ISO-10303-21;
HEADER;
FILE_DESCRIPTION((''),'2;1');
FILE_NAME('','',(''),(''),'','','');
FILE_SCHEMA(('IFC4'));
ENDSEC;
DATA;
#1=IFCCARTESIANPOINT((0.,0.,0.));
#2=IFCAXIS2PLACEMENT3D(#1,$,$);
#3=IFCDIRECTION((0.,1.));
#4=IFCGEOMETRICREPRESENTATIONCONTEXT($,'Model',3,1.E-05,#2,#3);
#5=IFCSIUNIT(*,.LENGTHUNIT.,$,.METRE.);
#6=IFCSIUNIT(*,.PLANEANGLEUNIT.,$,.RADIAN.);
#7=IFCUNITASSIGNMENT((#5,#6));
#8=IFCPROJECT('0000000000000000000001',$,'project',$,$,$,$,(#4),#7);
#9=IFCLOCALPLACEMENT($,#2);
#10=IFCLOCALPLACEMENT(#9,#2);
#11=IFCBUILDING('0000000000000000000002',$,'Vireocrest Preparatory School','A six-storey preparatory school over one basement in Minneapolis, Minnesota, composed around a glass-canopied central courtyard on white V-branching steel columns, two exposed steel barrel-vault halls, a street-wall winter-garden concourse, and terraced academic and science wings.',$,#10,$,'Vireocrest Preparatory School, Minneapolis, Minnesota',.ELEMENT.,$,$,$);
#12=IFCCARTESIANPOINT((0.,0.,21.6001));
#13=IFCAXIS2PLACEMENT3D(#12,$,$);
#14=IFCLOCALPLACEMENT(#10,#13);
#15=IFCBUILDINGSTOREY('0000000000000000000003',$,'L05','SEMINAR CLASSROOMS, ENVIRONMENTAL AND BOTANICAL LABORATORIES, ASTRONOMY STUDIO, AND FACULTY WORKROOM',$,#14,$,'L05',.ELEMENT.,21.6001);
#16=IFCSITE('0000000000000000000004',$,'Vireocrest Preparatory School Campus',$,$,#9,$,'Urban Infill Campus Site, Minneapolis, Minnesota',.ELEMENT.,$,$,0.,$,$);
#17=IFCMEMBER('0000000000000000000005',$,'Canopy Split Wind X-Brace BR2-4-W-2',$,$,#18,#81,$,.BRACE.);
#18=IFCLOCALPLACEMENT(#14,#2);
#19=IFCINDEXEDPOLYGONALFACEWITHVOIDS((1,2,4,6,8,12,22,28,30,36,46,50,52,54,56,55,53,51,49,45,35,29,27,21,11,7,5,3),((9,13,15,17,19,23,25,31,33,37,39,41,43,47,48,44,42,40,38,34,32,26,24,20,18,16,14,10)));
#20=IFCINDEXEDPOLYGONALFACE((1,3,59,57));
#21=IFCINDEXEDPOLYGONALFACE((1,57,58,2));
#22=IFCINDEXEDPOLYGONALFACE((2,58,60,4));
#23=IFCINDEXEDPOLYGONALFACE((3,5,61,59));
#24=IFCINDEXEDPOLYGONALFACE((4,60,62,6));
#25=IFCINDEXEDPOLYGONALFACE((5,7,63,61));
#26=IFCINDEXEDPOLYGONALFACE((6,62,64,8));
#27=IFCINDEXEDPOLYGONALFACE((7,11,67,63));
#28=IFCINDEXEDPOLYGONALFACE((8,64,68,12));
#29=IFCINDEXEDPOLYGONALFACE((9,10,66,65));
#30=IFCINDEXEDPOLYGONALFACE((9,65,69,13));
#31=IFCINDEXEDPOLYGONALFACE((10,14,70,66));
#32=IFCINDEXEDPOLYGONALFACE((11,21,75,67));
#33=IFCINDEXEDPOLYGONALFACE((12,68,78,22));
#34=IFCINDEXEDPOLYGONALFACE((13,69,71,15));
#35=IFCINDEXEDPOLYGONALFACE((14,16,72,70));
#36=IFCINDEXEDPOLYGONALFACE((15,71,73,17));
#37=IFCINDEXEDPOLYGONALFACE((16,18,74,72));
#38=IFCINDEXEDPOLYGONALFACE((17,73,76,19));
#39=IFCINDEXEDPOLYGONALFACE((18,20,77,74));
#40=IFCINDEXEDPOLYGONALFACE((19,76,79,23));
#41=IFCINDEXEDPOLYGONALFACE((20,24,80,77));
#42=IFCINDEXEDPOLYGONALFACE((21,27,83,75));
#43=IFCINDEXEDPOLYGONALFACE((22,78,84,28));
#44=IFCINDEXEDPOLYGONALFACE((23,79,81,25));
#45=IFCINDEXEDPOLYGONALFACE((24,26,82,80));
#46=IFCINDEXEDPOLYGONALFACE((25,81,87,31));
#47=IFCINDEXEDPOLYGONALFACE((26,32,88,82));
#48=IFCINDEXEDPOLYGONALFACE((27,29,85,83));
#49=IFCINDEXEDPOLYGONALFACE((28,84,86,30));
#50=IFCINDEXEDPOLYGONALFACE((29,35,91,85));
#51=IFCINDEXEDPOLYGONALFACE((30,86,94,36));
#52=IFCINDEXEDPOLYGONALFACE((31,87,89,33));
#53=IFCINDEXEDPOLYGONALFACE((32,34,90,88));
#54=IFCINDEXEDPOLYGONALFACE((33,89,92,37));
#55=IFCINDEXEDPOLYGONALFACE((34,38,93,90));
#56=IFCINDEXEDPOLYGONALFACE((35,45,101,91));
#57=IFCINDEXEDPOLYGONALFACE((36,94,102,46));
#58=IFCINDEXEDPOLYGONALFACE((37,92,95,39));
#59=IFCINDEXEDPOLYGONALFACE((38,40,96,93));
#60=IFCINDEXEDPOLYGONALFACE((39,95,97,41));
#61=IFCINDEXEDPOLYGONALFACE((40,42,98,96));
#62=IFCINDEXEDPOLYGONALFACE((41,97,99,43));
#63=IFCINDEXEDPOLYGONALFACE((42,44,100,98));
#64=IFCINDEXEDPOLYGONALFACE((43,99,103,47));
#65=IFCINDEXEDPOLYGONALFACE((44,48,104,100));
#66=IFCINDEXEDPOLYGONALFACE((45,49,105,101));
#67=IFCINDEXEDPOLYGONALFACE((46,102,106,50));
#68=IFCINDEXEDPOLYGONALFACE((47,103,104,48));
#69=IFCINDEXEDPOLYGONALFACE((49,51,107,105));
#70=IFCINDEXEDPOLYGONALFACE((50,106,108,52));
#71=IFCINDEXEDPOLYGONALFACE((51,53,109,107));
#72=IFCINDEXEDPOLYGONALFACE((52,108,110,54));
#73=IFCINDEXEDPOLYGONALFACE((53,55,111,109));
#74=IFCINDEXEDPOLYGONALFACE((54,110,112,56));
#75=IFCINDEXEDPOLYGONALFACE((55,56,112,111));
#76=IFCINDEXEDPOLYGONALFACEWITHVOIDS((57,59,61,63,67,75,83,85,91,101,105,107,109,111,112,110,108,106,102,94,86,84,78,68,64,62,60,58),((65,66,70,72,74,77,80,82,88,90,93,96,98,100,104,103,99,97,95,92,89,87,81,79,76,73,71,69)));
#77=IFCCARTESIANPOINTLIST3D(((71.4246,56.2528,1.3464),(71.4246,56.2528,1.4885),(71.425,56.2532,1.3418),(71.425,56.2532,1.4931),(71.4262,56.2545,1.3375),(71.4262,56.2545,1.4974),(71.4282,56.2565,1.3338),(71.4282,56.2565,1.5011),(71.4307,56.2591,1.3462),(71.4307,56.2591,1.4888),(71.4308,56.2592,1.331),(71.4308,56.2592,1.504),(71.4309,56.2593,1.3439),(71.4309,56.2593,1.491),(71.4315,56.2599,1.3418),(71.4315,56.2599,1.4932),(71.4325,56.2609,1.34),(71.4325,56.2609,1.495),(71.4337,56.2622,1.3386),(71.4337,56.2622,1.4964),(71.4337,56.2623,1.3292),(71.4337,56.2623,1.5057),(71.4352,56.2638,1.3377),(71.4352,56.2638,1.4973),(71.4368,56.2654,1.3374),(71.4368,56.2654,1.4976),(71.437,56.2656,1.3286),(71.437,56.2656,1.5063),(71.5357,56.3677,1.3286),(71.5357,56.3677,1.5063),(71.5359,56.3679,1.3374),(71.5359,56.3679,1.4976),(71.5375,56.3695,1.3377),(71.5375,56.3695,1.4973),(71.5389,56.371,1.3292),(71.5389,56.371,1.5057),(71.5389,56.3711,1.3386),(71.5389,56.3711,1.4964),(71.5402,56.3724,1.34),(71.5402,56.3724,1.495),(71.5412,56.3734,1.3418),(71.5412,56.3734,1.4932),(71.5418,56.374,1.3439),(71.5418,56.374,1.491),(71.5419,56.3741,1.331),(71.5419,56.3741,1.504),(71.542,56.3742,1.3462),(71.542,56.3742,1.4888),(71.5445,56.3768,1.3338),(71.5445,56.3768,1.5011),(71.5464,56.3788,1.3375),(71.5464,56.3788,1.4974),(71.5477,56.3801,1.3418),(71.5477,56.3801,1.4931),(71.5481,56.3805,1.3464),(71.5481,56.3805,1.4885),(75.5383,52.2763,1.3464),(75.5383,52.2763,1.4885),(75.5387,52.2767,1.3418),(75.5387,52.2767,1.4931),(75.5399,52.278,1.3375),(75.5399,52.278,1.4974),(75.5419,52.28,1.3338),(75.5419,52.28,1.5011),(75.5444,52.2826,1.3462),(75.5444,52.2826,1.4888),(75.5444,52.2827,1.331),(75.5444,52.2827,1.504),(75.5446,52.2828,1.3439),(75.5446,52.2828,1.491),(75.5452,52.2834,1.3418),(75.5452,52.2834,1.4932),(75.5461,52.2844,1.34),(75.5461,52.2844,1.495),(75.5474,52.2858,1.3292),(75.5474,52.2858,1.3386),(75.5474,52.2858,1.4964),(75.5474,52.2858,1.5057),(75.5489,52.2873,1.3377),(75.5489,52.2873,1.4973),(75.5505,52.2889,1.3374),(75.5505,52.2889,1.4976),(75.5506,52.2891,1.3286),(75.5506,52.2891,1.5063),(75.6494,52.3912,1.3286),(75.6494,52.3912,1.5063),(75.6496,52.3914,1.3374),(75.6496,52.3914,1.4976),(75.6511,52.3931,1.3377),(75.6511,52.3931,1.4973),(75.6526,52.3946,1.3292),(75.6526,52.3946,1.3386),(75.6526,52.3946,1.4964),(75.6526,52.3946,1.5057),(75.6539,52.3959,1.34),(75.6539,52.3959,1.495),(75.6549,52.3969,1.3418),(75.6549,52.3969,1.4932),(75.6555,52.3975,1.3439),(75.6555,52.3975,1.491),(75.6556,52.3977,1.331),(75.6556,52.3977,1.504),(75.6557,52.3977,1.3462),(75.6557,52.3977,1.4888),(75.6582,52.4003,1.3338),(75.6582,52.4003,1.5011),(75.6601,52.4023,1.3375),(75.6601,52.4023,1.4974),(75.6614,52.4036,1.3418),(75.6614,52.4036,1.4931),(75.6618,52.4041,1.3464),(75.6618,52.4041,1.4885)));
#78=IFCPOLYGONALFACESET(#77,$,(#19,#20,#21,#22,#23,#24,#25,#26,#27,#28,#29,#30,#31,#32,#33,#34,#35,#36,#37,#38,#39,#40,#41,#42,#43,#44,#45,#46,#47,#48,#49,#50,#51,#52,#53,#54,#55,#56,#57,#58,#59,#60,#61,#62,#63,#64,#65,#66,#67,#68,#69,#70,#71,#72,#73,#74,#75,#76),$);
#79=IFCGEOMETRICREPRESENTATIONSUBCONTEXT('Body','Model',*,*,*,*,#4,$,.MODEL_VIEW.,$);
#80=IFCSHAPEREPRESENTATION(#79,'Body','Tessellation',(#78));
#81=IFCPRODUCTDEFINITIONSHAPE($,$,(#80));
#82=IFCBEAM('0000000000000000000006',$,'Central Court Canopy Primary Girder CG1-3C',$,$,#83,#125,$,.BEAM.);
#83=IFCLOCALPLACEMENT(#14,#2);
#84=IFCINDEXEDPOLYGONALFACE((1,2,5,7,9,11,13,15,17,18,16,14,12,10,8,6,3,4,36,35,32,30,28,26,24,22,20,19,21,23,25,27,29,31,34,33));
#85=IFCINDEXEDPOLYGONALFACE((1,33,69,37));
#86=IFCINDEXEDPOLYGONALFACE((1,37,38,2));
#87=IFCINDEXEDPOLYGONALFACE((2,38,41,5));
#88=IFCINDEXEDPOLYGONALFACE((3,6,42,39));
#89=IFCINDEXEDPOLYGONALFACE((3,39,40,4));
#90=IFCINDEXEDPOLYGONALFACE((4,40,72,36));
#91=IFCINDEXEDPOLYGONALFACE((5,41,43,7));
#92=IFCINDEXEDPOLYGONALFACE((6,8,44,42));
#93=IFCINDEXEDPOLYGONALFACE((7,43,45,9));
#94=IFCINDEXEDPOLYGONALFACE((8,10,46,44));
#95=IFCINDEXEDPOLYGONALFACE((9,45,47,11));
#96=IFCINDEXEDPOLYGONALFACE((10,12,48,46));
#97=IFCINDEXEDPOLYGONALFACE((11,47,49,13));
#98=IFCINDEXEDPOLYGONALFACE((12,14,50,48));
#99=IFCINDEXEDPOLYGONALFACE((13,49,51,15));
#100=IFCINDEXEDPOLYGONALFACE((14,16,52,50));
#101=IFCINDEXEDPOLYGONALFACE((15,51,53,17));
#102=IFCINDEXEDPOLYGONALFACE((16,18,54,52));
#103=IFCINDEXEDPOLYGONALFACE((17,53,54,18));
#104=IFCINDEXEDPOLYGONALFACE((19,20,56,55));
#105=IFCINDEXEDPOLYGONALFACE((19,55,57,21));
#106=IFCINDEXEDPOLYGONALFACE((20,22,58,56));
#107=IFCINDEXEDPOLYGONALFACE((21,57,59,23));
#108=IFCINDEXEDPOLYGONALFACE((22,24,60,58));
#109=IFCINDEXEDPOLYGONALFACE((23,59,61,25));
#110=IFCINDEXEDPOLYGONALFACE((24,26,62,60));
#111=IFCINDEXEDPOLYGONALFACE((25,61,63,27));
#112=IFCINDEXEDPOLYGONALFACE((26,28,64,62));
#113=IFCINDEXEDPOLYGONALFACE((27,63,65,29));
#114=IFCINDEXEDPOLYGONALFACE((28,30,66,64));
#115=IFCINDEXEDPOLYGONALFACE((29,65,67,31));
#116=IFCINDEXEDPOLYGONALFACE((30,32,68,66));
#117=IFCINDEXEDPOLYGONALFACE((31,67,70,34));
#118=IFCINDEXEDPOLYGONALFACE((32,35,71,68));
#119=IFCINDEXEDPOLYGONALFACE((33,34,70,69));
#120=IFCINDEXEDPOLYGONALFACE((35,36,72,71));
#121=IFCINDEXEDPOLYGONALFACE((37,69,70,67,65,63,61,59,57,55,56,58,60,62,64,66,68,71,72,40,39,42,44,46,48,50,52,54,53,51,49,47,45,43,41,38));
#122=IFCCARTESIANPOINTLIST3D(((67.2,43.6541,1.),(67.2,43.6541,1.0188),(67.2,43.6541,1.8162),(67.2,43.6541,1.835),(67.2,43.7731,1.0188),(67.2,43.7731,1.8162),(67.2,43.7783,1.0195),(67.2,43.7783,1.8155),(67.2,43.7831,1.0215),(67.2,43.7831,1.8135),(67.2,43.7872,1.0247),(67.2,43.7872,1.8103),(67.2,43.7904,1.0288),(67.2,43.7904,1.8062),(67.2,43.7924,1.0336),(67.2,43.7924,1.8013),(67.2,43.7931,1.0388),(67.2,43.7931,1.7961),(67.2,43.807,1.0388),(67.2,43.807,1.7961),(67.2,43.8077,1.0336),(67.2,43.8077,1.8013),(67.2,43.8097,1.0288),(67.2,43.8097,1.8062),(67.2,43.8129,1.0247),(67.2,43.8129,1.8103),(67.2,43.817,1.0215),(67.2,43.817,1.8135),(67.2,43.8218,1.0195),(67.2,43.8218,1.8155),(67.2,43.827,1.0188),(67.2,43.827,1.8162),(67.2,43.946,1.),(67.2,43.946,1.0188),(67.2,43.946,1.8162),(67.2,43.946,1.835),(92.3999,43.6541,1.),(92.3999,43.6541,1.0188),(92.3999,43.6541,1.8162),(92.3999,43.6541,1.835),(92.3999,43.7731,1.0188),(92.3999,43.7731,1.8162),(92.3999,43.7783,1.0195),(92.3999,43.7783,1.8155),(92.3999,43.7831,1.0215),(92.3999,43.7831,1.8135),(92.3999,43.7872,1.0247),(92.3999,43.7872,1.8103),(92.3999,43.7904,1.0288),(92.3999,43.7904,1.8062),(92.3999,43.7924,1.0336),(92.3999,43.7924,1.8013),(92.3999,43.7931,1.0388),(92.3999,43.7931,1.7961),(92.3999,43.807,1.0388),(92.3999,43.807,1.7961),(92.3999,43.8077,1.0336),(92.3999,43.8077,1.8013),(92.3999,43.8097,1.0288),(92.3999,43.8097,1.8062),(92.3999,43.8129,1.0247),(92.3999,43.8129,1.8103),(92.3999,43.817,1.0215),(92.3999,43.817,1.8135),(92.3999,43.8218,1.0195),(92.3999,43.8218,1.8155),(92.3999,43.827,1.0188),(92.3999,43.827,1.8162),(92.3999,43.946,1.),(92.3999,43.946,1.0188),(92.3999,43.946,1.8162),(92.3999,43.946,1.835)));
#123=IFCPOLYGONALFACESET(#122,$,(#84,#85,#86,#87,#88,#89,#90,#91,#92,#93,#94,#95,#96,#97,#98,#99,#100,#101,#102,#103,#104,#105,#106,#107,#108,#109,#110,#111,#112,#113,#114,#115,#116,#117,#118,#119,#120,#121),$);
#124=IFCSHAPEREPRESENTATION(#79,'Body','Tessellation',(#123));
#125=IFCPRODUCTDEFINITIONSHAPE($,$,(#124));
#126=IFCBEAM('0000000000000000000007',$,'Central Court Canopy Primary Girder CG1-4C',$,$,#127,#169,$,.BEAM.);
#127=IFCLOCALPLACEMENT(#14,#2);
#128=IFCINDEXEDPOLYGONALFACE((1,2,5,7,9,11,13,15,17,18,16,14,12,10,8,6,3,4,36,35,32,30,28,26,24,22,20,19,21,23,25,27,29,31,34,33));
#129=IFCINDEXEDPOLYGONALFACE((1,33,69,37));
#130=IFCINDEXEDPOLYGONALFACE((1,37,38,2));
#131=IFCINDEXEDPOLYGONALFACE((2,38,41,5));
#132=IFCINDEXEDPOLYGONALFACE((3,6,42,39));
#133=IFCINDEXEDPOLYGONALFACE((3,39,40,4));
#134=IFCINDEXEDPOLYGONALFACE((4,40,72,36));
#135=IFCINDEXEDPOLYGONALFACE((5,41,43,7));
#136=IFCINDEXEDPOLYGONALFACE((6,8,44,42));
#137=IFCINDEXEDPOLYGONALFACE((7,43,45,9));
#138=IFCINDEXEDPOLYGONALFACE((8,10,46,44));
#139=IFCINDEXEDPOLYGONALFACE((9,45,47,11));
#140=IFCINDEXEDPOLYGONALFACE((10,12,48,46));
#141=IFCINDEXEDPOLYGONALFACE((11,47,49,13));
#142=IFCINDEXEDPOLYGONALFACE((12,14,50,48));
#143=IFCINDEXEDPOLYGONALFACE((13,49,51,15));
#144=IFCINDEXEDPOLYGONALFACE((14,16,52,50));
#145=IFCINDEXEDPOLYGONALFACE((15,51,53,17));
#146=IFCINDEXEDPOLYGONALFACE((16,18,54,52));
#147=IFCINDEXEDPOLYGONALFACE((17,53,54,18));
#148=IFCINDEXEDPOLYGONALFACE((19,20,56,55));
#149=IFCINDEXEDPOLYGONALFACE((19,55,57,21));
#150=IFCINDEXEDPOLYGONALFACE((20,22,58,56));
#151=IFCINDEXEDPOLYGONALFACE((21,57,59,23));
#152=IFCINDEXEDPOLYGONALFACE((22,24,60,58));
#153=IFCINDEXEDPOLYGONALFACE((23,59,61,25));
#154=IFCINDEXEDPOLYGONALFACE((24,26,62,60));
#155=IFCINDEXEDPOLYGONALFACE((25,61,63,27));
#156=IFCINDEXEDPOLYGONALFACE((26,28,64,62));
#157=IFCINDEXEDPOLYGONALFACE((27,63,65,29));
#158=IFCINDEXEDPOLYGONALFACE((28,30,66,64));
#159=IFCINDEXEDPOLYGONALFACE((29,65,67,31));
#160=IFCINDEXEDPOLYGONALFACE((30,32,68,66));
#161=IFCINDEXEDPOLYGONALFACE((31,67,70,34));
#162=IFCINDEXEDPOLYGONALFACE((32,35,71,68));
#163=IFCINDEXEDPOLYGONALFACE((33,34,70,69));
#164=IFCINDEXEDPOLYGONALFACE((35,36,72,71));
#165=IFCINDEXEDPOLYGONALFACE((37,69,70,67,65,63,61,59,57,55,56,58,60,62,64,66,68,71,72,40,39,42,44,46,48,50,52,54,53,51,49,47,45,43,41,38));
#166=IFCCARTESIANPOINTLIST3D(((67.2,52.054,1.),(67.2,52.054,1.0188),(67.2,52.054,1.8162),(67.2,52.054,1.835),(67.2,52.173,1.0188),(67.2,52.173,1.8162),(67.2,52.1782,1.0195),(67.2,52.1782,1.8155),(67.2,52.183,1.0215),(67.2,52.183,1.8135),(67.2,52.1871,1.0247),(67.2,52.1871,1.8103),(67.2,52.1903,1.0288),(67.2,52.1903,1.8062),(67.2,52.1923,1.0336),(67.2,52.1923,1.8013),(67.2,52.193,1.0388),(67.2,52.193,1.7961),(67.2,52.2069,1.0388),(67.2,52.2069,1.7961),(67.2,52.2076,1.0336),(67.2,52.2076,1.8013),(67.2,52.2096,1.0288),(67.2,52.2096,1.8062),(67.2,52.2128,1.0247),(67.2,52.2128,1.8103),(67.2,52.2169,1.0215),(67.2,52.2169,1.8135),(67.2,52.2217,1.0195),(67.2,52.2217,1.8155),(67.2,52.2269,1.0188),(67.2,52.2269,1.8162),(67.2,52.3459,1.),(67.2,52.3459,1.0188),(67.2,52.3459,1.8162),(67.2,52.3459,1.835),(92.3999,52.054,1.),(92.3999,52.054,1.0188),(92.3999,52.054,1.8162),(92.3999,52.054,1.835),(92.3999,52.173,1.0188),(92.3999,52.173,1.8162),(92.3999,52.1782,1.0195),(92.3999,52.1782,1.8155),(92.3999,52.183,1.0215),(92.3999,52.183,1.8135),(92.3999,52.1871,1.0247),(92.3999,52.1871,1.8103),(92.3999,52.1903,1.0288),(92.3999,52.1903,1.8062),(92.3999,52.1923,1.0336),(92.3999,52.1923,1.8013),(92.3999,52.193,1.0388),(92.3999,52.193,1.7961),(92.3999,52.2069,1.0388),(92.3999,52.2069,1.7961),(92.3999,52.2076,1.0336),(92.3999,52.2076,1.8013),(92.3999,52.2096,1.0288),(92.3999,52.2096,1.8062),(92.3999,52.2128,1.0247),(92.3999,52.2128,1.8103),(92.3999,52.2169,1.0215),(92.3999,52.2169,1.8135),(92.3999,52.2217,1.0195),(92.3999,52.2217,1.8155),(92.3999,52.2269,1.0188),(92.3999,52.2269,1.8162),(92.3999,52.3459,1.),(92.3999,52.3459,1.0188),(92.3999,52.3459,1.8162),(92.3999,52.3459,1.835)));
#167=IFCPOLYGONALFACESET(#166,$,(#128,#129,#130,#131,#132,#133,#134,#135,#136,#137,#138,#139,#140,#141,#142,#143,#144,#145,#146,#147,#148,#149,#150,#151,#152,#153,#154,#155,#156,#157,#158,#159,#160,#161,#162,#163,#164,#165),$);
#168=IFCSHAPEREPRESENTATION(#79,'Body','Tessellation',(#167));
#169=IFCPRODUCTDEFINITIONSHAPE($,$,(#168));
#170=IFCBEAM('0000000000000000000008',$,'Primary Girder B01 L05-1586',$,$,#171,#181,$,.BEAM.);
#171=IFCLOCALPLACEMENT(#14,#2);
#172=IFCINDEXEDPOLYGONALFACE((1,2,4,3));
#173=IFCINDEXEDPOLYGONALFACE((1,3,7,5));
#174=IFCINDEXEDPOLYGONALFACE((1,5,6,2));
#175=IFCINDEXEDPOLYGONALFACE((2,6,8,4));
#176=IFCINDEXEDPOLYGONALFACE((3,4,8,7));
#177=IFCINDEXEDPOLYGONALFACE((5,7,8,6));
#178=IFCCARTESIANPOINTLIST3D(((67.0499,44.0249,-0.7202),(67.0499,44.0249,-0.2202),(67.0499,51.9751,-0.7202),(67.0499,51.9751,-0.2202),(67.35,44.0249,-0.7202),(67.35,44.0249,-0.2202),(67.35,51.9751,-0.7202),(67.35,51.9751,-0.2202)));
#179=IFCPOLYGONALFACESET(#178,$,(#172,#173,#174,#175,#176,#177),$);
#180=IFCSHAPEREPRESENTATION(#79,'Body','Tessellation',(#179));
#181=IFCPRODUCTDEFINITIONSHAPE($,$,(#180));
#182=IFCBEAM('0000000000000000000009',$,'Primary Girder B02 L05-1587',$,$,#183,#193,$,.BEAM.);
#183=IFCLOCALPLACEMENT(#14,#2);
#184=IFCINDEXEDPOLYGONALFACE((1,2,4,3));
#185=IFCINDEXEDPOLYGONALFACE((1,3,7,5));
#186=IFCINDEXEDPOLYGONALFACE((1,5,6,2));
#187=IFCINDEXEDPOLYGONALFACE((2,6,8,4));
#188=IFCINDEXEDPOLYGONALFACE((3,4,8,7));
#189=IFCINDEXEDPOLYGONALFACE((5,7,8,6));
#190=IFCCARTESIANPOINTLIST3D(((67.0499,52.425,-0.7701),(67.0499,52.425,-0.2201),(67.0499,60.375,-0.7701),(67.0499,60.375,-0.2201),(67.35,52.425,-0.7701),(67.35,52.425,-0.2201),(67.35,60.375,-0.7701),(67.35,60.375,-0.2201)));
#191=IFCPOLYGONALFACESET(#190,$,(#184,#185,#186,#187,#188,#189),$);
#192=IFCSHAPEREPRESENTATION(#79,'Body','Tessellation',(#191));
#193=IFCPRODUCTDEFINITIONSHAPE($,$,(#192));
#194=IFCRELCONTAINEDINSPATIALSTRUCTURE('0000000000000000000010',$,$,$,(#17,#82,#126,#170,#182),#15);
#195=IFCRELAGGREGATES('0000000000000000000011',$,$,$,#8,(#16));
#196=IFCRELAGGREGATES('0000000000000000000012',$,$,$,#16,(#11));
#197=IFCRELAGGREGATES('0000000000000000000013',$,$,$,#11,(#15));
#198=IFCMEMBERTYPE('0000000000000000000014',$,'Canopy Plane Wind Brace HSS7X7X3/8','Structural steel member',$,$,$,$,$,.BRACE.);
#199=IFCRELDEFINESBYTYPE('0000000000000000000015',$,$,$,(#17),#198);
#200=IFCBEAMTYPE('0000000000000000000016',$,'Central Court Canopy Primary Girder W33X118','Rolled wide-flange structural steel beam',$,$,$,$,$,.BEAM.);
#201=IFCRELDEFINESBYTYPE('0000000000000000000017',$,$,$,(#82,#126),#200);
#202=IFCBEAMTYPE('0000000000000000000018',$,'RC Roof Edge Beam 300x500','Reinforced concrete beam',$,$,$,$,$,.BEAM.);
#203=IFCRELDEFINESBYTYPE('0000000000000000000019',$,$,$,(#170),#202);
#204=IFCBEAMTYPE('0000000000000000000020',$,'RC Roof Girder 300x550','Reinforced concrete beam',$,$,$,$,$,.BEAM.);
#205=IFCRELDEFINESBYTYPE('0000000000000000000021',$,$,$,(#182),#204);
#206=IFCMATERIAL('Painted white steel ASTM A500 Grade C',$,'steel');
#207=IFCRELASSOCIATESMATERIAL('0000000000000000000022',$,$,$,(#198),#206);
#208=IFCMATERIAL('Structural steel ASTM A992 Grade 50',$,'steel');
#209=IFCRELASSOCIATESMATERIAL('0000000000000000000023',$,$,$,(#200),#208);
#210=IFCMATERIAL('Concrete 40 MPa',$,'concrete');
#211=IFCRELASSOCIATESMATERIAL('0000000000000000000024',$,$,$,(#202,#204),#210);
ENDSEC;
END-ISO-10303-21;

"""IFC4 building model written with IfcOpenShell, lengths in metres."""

from ifc_helpers import new_model, si_unit, direction, frame, origin, origin_2d, place, context, subcontext, project, spatial, rectangle, hollow_rectangle, i_section, extrude, material, material_profile, profile_set, type_object, element, save


model = new_model("IFC4")

# Units and contexts
model_context = context("Model", 3, precision=1e-05, world=origin(), true_north=direction((0.0, 1.0)))
body_context = subcontext(model_context, "Body", "Model", "MODEL_VIEW")
ifc_project = project(units=[si_unit("LENGTHUNIT", "METRE"), si_unit("PLANEANGLEUNIT", "RADIAN")], contexts=[model_context])

# Site, building, storey
site_placement = place(None, origin())
site = spatial("IfcSite", under=ifc_project, at=site_placement, Name="Vireocrest Preparatory School Campus", LongName="Urban Infill Campus Site, Minneapolis, Minnesota", CompositionType="ELEMENT", RefElevation=0.0)
building_placement = place(site_placement, origin())
building = spatial("IfcBuilding", under=site, at=building_placement, Name="Vireocrest Preparatory School", Description="A six-storey preparatory school over one basement in Minneapolis, Minnesota, composed around a glass-canopied central courtyard on white V-branching steel columns, two exposed steel barrel-vault halls, a street-wall winter-garden concourse, and terraced academic and science wings.", LongName="Vireocrest Preparatory School, Minneapolis, Minnesota", CompositionType="ELEMENT")
storey_placement = place(building_placement, frame((0.0, 0.0, 21.6001)))
storey = spatial("IfcBuildingStorey", under=building, at=storey_placement, Name="L05", Description="SEMINAR CLASSROOMS, ENVIRONMENTAL AND BOTANICAL LABORATORIES, ASTRONOMY STUDIO, AND FACULTY WORKROOM", LongName="L05", CompositionType="ELEMENT", Elevation=21.6001)

# Shared definitions
ifc_material_1 = material(Name="Structural steel ASTM A992 Grade 50", Category="steel")

# Member
ifc_material_2 = material(Name="Painted white steel ASTM A500 Grade C", Category="steel")
ifc_material_profile_1 = material_profile(ifc_material_2, hollow_rectangle(XDim=0.1777, YDim=0.1777, WallThickness=0.0088, InnerFilletRadius=0.0088, OuterFilletRadius=0.0178, at=origin_2d()), Name="HSS7X7X3/8")
ifc_profile_set_1 = profile_set([ifc_material_profile_1], Name="Painted white steel ASTM A500 Grade C")
member_type_1 = type_object("IfcMemberType", Name="Canopy Plane Wind Brace HSS7X7X3/8", Description="Structural steel member", PredefinedType="BRACE", material=ifc_profile_set_1)
member_1_placement = place(storey_placement, frame((71.4863, 56.3167, 1.4175), z_axis=(0.718995, -0.695015, 0.0), x_axis=(0.695015, 0.718995, 0.0)))
element("IfcMember", 1, at=member_1_placement, inside=storey, type_object=member_type_1, Name="Canopy Split Wind X-Brace BR2-4-W-2", PredefinedType="BRACE", context=body_context, shape_type="SweptSolid", body=[
    extrude(hollow_rectangle(XDim=0.1777, YDim=0.1777, WallThickness=0.0088, InnerFilletRadius=0.0088, OuterFilletRadius=0.0178, at=origin_2d()), origin(), (0.0, 0.0, 1.0), 5.7214),
])

# Beams
ifc_material_profile_2 = material_profile(ifc_material_1, i_section(OverallWidth=0.292, OverallDepth=0.835, WebThickness=0.0139, FlangeThickness=0.0188, FilletRadius=0.02, at=origin_2d()), Name="W33X118")
ifc_profile_set_2 = profile_set([ifc_material_profile_2], Name="Structural steel ASTM A992 Grade 50")
beam_type_1 = type_object("IfcBeamType", Name="Central Court Canopy Primary Girder W33X118", Description="Rolled wide-flange structural steel beam", PredefinedType="BEAM", material=ifc_profile_set_2)
for number, where, z_axis, x_axis, name in (
    (2, (67.2, 43.8, 1.4175), (1.0, 0.0, 0.0), (0.0, 1.0, 0.0), "Central Court Canopy Primary Girder CG1-3C"),
    (3, (67.2, 52.2, 1.4175), (1.0, 0.0, 0.0), (0.0, 1.0, 0.0), "Central Court Canopy Primary Girder CG1-4C"),
):
    element("IfcBeam", number, at=place(storey_placement, frame(where, z_axis=z_axis, x_axis=x_axis)), inside=storey, type_object=beam_type_1, Name=name, PredefinedType="BEAM", context=body_context, shape_type="SweptSolid", body=[
        extrude(i_section(OverallWidth=0.292, OverallDepth=0.835, WebThickness=0.0139, FlangeThickness=0.0188, FilletRadius=0.02, at=origin_2d()), origin(), (0.0, 0.0, 1.0), 25.2),
    ])
ifc_material_3 = material(Name="Concrete 40 MPa", Category="concrete")
ifc_material_profile_3 = material_profile(ifc_material_3, rectangle(XDim=0.3, YDim=0.5, at=origin_2d()), Name="RC 300x500")
ifc_profile_set_3 = profile_set([ifc_material_profile_3], Name="Concrete 40 MPa")
beam_type_2 = type_object("IfcBeamType", Name="RC Roof Edge Beam 300x500", Description="Reinforced concrete beam", PredefinedType="BEAM", material=ifc_profile_set_3)
beam_1_placement = place(storey_placement, frame((67.2, 44.0249, -0.4702), z_axis=(0.0, 1.0, 0.0), x_axis=(-1.0, 0.0, 0.0)))
element("IfcBeam", 4, at=beam_1_placement, inside=storey, type_object=beam_type_2, Name="Primary Girder B01 L05-1586", PredefinedType="BEAM", context=body_context, shape_type="SweptSolid", body=[
    extrude(rectangle(XDim=0.3, YDim=0.5, at=origin_2d()), origin(), (0.0, 0.0, 1.0), 7.9502),
])
ifc_material_profile_4 = material_profile(ifc_material_3, rectangle(XDim=0.3, YDim=0.55, at=origin_2d()), Name="RC 300x550")
ifc_profile_set_4 = profile_set([ifc_material_profile_4], Name="Concrete 40 MPa")
beam_type_3 = type_object("IfcBeamType", Name="RC Roof Girder 300x550", Description="Reinforced concrete beam", PredefinedType="BEAM", material=ifc_profile_set_4)
beam_2_placement = place(storey_placement, frame((67.2, 52.425, -0.4951), z_axis=(0.0, 1.0, 0.0), x_axis=(-1.0, 0.0, 0.0)))
element("IfcBeam", 5, at=beam_2_placement, inside=storey, type_object=beam_type_3, Name="Primary Girder B02 L05-1587", PredefinedType="BEAM", context=body_context, shape_type="SweptSolid", body=[
    extrude(rectangle(XDim=0.3, YDim=0.55, at=origin_2d()), origin(), (0.0, 0.0, 1.0), 7.95),
])

save(model, "model.ifc")
